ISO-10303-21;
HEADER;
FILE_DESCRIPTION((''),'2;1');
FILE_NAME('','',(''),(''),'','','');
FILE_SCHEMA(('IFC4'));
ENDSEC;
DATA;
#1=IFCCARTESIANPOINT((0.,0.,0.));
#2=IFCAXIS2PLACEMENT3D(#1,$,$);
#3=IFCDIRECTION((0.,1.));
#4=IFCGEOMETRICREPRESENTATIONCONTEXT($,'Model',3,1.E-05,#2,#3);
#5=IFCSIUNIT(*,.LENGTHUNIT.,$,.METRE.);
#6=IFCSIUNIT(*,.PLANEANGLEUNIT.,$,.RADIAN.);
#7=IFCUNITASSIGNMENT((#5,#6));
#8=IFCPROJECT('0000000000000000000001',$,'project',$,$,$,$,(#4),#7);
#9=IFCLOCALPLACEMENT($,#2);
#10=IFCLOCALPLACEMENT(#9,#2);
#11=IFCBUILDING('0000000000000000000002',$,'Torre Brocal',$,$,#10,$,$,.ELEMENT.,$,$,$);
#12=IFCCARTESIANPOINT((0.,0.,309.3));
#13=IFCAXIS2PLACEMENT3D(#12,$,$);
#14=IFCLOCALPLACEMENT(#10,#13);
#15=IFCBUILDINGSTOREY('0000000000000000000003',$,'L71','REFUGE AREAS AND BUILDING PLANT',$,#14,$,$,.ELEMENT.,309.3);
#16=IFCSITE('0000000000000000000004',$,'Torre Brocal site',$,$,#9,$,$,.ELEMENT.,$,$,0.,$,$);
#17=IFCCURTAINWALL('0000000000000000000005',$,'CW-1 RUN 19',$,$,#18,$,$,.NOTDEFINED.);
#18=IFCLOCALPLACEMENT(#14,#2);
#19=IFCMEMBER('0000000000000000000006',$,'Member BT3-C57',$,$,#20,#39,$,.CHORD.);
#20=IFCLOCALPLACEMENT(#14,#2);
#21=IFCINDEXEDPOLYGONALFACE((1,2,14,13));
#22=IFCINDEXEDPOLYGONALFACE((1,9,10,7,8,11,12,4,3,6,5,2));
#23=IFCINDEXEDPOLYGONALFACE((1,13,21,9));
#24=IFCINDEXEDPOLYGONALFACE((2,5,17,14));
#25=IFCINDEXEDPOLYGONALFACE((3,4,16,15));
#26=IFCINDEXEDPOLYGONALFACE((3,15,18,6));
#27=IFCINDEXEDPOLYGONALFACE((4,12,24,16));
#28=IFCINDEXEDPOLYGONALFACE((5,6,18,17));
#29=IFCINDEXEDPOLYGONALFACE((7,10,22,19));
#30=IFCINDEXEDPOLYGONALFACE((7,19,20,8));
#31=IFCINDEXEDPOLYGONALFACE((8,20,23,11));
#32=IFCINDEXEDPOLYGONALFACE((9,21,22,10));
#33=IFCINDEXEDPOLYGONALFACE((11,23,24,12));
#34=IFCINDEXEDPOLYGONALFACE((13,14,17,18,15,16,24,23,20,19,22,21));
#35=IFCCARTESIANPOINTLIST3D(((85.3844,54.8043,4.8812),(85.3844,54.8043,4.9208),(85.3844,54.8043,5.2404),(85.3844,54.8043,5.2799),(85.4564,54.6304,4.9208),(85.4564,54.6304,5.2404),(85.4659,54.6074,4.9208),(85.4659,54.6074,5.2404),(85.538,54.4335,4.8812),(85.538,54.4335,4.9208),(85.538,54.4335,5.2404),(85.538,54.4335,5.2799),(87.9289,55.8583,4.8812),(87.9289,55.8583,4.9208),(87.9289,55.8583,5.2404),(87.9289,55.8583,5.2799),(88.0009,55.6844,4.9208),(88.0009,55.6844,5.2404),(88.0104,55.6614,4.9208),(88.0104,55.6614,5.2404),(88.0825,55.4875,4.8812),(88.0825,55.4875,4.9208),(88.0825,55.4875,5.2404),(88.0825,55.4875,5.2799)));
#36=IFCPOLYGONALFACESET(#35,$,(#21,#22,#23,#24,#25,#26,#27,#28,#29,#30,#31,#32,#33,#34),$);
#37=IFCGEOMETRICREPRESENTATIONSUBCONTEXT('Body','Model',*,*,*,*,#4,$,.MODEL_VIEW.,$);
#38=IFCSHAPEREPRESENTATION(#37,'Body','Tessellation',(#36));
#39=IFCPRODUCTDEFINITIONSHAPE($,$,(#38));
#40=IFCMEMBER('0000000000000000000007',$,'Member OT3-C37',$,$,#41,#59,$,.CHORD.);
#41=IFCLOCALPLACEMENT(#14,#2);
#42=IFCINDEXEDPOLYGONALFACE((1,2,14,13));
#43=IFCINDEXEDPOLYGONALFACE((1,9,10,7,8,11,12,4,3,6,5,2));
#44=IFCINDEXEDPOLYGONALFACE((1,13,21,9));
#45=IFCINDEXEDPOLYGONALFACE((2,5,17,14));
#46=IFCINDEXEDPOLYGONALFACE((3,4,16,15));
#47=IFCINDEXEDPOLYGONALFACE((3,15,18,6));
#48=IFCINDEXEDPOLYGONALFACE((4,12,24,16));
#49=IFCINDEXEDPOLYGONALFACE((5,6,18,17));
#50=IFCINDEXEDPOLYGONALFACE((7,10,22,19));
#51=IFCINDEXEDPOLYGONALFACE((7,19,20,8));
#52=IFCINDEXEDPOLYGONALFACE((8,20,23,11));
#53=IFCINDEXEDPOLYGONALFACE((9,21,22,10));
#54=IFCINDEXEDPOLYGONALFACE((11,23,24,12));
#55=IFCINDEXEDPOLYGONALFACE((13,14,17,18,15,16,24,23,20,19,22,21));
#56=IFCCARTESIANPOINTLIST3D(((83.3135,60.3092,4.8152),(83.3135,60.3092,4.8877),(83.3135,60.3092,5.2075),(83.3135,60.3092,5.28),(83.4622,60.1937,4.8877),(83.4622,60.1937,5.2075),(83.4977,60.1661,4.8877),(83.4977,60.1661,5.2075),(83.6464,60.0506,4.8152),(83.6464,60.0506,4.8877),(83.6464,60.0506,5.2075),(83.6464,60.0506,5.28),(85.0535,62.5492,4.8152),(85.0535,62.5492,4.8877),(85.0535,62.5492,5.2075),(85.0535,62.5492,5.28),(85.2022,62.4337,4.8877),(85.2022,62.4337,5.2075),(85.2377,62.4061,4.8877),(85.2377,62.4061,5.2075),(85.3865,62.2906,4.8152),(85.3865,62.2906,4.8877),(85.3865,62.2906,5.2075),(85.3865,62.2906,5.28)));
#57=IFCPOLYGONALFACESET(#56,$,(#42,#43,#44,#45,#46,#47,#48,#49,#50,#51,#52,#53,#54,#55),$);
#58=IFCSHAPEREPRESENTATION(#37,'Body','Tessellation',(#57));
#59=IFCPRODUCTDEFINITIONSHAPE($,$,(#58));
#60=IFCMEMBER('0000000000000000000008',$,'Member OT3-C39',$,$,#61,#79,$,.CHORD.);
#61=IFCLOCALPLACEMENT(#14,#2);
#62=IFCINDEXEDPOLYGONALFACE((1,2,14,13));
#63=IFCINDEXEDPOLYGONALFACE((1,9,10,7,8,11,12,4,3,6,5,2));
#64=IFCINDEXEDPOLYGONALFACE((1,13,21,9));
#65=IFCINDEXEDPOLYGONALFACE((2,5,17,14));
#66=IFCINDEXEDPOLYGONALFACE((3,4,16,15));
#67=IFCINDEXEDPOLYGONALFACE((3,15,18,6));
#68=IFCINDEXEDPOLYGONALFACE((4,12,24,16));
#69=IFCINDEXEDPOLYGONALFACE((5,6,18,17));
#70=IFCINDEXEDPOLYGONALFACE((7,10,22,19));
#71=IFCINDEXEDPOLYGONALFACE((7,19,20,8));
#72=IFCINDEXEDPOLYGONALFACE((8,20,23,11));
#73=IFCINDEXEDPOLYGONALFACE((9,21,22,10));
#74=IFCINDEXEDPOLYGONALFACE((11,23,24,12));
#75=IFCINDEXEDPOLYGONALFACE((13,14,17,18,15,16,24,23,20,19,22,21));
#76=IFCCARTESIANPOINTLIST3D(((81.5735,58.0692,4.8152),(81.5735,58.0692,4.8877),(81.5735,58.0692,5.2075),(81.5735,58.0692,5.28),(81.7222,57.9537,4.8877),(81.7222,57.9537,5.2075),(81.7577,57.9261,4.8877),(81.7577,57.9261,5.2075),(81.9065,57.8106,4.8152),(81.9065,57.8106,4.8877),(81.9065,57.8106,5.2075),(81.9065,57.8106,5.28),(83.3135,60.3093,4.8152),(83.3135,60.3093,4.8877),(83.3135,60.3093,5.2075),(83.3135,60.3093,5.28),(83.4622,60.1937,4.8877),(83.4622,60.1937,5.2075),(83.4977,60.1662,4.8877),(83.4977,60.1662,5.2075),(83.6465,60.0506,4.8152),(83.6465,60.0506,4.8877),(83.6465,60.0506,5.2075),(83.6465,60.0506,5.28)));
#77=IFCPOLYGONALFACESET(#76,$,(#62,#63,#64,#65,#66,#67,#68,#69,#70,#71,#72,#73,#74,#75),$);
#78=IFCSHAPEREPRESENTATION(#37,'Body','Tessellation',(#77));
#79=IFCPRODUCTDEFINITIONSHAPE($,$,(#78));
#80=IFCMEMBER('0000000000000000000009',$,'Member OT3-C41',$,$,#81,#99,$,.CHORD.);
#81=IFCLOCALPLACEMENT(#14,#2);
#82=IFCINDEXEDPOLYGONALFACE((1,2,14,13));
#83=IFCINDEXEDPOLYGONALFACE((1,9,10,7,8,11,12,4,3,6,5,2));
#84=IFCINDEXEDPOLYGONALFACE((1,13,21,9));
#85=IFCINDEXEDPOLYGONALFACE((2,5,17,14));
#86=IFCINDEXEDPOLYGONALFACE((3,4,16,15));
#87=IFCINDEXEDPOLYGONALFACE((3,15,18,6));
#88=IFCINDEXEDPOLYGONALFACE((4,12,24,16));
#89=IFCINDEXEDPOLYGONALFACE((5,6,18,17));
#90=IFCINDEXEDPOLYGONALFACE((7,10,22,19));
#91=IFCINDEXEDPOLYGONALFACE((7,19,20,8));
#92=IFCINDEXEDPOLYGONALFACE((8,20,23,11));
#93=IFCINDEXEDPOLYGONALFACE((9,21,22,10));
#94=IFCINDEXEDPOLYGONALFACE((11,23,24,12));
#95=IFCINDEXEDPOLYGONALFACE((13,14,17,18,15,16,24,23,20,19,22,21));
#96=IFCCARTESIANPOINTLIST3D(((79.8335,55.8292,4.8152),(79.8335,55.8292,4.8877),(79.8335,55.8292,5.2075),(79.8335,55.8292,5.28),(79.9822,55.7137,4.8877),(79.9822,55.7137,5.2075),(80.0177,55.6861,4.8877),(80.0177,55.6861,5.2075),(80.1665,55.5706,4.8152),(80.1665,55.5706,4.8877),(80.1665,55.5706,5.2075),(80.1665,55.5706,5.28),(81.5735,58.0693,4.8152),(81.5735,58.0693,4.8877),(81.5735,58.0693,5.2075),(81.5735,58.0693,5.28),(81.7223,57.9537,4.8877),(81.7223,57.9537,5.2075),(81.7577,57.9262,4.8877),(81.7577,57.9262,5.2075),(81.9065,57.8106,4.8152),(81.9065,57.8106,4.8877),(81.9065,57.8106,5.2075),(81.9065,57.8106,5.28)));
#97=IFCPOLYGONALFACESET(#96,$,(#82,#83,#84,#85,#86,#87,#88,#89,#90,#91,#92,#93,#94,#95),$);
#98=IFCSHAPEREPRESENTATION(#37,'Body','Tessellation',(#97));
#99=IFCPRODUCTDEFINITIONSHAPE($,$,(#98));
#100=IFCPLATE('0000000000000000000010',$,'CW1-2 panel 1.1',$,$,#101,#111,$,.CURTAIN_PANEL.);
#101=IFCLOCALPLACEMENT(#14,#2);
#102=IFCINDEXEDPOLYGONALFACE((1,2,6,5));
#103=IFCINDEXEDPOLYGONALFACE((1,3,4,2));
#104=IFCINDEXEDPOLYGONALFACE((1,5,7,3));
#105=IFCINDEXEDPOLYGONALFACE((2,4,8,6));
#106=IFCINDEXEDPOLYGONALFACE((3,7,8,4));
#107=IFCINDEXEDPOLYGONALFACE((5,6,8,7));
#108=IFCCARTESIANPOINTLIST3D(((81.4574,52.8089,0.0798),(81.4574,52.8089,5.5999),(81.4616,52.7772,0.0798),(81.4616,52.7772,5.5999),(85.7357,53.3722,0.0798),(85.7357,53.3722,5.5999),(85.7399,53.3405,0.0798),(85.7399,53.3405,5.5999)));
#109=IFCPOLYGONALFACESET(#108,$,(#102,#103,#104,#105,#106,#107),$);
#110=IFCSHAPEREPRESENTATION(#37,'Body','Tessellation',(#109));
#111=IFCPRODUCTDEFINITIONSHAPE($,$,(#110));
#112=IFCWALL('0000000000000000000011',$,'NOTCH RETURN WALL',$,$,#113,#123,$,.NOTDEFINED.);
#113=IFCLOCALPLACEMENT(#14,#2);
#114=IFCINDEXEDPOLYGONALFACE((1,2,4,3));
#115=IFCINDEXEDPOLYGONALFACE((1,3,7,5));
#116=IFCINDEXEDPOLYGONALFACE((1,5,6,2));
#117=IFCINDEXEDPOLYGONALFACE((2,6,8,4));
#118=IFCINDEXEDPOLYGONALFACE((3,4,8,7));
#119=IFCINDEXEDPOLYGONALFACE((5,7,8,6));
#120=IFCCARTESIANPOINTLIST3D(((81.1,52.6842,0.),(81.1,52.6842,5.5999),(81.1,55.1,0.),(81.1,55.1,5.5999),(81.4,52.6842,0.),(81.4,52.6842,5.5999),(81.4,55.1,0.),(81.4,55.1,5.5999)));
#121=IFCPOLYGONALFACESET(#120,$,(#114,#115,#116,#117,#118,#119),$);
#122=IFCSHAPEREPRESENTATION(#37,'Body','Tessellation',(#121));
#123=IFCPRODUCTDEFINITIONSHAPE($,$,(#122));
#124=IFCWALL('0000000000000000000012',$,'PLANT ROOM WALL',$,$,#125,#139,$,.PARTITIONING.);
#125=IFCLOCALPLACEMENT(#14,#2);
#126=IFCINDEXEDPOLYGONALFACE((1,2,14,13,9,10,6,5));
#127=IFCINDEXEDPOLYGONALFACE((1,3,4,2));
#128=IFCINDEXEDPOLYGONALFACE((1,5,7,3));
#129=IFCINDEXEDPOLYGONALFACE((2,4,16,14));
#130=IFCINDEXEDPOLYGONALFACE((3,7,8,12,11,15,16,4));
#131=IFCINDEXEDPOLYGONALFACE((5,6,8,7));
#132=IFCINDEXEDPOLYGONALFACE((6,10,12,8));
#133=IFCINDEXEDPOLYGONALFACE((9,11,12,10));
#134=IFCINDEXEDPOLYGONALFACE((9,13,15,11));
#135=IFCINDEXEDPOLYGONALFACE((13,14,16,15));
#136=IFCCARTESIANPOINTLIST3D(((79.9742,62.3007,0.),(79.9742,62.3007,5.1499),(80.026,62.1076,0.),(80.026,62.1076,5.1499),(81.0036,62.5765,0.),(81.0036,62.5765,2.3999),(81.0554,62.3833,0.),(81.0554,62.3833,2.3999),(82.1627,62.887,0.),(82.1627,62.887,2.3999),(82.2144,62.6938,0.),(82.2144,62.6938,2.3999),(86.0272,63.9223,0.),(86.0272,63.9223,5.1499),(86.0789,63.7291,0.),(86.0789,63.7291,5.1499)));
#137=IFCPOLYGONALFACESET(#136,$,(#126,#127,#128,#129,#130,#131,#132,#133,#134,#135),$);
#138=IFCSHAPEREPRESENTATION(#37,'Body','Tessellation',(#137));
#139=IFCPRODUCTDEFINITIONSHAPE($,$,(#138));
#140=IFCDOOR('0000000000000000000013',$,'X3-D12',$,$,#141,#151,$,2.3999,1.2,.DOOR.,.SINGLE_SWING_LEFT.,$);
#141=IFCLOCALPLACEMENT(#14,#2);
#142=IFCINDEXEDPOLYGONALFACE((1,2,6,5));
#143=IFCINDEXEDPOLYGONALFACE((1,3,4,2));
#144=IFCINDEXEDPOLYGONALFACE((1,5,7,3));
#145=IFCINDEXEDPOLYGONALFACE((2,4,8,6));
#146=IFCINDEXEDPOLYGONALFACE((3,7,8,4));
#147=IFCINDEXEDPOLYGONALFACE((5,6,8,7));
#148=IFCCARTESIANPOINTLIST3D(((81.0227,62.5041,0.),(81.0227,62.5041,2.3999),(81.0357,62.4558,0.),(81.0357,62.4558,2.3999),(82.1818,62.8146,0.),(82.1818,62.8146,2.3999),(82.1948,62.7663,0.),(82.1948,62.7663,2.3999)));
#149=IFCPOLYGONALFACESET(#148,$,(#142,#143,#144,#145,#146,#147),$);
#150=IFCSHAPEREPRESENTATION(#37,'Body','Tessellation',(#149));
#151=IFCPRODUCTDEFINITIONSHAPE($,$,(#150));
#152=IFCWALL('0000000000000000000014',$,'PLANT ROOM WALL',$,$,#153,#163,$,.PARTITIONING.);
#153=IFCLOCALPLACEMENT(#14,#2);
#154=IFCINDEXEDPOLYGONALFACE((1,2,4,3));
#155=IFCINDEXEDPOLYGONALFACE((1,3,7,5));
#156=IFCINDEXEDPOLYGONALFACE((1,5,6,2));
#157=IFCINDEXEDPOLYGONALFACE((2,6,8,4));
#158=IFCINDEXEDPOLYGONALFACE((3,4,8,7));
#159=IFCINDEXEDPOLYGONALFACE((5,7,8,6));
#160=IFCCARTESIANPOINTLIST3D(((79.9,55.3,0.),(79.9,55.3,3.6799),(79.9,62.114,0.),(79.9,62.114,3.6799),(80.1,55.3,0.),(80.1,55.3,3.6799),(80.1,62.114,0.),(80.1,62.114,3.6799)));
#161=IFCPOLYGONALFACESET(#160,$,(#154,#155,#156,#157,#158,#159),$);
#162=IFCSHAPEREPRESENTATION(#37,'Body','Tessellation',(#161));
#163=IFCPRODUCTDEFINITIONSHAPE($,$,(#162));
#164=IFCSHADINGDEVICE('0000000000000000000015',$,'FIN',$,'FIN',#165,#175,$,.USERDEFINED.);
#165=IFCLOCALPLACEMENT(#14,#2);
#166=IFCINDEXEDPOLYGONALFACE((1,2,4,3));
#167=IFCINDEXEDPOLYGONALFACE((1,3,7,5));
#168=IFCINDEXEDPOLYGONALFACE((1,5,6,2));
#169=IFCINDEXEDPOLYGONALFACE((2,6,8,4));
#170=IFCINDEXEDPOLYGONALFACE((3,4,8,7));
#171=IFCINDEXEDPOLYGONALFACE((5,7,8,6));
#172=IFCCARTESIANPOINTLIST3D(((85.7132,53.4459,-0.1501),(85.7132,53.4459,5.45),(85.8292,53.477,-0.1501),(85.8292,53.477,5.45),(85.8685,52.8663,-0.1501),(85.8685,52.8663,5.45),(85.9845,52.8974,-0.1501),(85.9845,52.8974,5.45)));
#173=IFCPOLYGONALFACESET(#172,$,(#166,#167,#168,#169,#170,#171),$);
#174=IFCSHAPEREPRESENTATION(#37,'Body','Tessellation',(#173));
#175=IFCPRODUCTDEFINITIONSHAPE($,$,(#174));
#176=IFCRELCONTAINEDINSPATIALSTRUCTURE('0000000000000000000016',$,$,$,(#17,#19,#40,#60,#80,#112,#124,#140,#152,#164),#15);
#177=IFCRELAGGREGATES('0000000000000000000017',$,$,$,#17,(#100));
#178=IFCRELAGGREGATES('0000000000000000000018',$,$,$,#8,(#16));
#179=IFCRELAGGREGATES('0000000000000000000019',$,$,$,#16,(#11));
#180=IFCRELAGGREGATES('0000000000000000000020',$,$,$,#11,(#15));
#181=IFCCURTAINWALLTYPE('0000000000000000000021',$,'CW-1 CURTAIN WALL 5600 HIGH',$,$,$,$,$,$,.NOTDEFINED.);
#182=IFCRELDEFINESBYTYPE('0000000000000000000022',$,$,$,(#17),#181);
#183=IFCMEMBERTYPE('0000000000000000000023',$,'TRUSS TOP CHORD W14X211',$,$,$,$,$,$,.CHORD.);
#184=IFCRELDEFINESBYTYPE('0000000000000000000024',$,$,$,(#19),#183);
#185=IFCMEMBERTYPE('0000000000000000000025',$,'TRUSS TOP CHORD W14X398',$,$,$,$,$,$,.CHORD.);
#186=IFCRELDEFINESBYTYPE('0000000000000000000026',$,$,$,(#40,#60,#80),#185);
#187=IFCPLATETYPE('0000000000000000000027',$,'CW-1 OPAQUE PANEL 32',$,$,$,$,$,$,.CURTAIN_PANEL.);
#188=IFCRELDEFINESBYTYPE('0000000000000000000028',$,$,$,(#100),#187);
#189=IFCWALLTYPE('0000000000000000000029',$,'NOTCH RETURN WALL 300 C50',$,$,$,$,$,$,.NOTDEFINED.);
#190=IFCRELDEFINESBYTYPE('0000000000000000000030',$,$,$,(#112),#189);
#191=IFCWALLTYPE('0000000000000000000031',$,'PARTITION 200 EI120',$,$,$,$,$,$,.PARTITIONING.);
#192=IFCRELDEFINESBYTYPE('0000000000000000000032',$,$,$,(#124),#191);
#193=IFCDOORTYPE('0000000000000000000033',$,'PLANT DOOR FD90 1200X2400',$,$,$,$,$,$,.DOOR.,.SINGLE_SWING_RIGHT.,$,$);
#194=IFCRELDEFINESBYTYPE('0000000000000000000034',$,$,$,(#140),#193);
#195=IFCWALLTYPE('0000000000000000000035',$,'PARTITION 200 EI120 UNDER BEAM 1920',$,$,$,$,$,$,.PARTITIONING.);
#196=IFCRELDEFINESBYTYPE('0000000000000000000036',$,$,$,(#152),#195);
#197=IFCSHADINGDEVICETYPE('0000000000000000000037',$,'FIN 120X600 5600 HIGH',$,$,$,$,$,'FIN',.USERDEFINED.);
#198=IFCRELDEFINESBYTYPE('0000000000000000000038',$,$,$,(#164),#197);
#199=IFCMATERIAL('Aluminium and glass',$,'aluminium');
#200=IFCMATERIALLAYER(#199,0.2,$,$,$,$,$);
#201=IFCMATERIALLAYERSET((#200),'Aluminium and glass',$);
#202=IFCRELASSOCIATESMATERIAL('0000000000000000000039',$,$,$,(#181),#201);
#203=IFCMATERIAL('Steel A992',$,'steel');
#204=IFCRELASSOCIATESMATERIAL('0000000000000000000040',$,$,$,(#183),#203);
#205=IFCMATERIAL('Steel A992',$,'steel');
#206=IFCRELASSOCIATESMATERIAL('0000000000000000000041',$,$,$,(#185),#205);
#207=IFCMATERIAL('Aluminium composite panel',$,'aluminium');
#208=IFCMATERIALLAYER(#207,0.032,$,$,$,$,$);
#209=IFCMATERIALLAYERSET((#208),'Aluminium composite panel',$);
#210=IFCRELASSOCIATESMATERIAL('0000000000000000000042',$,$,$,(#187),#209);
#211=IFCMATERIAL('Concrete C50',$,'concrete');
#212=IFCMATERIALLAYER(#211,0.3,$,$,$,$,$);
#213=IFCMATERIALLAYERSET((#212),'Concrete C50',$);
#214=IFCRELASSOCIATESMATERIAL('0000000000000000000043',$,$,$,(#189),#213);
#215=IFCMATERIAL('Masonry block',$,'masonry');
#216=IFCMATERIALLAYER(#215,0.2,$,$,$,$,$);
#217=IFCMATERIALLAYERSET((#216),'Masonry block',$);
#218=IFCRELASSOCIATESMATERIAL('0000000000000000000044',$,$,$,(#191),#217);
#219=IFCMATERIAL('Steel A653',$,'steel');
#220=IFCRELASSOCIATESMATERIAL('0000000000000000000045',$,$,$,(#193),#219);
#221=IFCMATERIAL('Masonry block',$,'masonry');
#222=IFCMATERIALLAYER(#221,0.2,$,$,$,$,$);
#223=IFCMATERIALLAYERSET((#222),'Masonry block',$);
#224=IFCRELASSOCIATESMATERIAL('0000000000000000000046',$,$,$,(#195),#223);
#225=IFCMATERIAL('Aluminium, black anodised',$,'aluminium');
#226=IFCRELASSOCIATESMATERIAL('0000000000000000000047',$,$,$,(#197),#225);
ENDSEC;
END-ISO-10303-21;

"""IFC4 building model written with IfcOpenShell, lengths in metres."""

from ifc_helpers import new_model, si_unit, direction, frame, frame_2d, origin, origin_2d, place, context, subcontext, project, spatial, rectangle, i_section, extrude, material, layer, layer_set, material_profile, profile_set, type_object, element, fill, aggregate, save


model = new_model("IFC4")

# Units and contexts
model_context = context("Model", 3, precision=1e-05, world=origin(), true_north=direction((0.0, 1.0)))
body_context = subcontext(model_context, "Body", "Model", "MODEL_VIEW")
ifc_project = project(units=[si_unit("LENGTHUNIT", "METRE"), si_unit("PLANEANGLEUNIT", "RADIAN")], contexts=[model_context])

# Site, building, storey
site_placement = place(None, origin())
site = spatial("IfcSite", under=ifc_project, at=site_placement, Name="Torre Brocal site", CompositionType="ELEMENT", RefElevation=0.0)
building_placement = place(site_placement, origin())
building = spatial("IfcBuilding", under=site, at=building_placement, Name="Torre Brocal", CompositionType="ELEMENT")
storey_placement = place(building_placement, frame((0.0, 0.0, 309.3)))
storey = spatial("IfcBuildingStorey", under=building, at=storey_placement, Name="L71", Description="REFUGE AREAS AND BUILDING PLANT", CompositionType="ELEMENT", Elevation=309.3)

# Curtain wall
ifc_material_1 = material(Name="Aluminium and glass", Category="aluminium")
ifc_layer_1 = layer(ifc_material_1, 0.2)
ifc_layer_set_1 = layer_set([ifc_layer_1], Name="Aluminium and glass")
curtain_wall_type = type_object("IfcCurtainWallType", Name="CW-1 CURTAIN WALL 5600 HIGH", PredefinedType="NOTDEFINED", material=ifc_layer_set_1)
curtain_wall_1_placement = place(storey_placement, origin())
curtain_wall_1 = element("IfcCurtainWall", 1, at=curtain_wall_1_placement, inside=storey, type_object=curtain_wall_type, Name="CW-1 RUN 19", PredefinedType="NOTDEFINED")

# Members
ifc_material_2 = material(Name="Steel A992", Category="steel")
ifc_material_profile_1 = material_profile(ifc_material_2, i_section(OverallWidth=0.4014, OverallDepth=0.3987, WebThickness=0.0249, FlangeThickness=0.0396, at=origin_2d()), Name="W14X211")
ifc_profile_set_1 = profile_set([ifc_material_profile_1], Name="Steel A992")
member_type_1 = type_object("IfcMemberType", Name="TRUSS TOP CHORD W14X211", PredefinedType="CHORD", material=ifc_profile_set_1)
member_1_placement = place(storey_placement, frame((85.4612, 54.6189, 5.0806), z_axis=(0.923877, 0.382688, 0.0), x_axis=(-0.382688, 0.923877, 0.0)))
element("IfcMember", 2, at=member_1_placement, inside=storey, type_object=member_type_1, Name="Member BT3-C57", PredefinedType="CHORD", context=body_context, shape_type="SweptSolid", body=[
    extrude(i_section(OverallWidth=0.4014, OverallDepth=0.3987, WebThickness=0.0249, FlangeThickness=0.0396, at=origin_2d()), origin(), (0.0, 0.0, 1.0), 2.7542),
])
ifc_material_3 = material(Name="Steel A992", Category="steel")
ifc_material_profile_2 = material_profile(ifc_material_3, i_section(OverallWidth=0.4216, OverallDepth=0.4648, WebThickness=0.0449, FlangeThickness=0.0725, at=origin_2d()), Name="W14X398")
ifc_profile_set_2 = profile_set([ifc_material_profile_2], Name="Steel A992")
member_type_2 = type_object("IfcMemberType", Name="TRUSS TOP CHORD W14X398", PredefinedType="CHORD", material=ifc_profile_set_2)
for number, where, z_axis, x_axis, name in (
    (3, (85.22, 62.4199, 5.0476), (-0.613452, -0.789732, 0.0), (0.789732, -0.613452, 0.0), "Member OT3-C37"),
    (4, (83.48, 60.1799, 5.0476), (-0.613452, -0.789732, 0.0), (0.789732, -0.613452, 0.0), "Member OT3-C39"),
    (5, (81.74, 57.9399, 5.0476), (-0.613452, -0.789732, 0.0), (0.789732, -0.613452, 0.0), "Member OT3-C41"),
):
    element("IfcMember", number, at=place(storey_placement, frame(where, z_axis=z_axis, x_axis=x_axis)), inside=storey, type_object=member_type_2, Name=name, PredefinedType="CHORD", context=body_context, shape_type="SweptSolid", body=[
        extrude(i_section(OverallWidth=0.4216, OverallDepth=0.4648, WebThickness=0.0449, FlangeThickness=0.0725, at=origin_2d()), origin(), (0.0, 0.0, 1.0), 2.8364),
    ])

# Plate
ifc_material_4 = material(Name="Aluminium composite panel", Category="aluminium")
ifc_layer_2 = layer(ifc_material_4, 0.032)
ifc_layer_set_2 = layer_set([ifc_layer_2], Name="Aluminium composite panel")
plate_type = type_object("IfcPlateType", Name="CW-1 OPAQUE PANEL 32", PredefinedType="CURTAIN_PANEL", material=ifc_layer_set_2)
plate_placement = place(storey_placement, frame((83.5986, 53.0747, 0.0798), z_axis=(0.0, 0.0, 1.0), x_axis=(0.991445, 0.130526, 0.0)))
plate = element("IfcPlate", 6, at=plate_placement, type_object=plate_type, Name="CW1-2 panel 1.1", PredefinedType="CURTAIN_PANEL", context=body_context, shape_type="SweptSolid", body=[
    extrude(rectangle(XDim=4.3152, YDim=0.032, at=origin_2d()), origin(), (0.0, 0.0, 1.0), 5.52),
])
aggregate(curtain_wall_1, [plate])

# Wall
ifc_material_5 = material(Name="Concrete C50", Category="concrete")
ifc_layer_3 = layer(ifc_material_5, 0.3)
ifc_layer_set_3 = layer_set([ifc_layer_3], Name="Concrete C50")
wall_type_1 = type_object("IfcWallType", Name="NOTCH RETURN WALL 300 C50", PredefinedType="NOTDEFINED", material=ifc_layer_set_3)
wall_1_placement = place(storey_placement, frame((81.25, 55.1001, 0.0), z_axis=(0.0, 0.0, 1.0), x_axis=(0.0, -1.0, 0.0)))
element("IfcWall", 7, at=wall_1_placement, inside=storey, type_object=wall_type_1, Name="NOTCH RETURN WALL", PredefinedType="NOTDEFINED", context=body_context, shape_type="SweptSolid", body=[
    extrude(rectangle(XDim=2.4158, YDim=0.3, at=frame_2d((1.208, 0.0))), origin(), (0.0, 0.0, 1.0), 5.5999),
])

# Wall, opening, door
ifc_material_6 = material(Name="Masonry block", Category="masonry")
ifc_layer_4 = layer(ifc_material_6, 0.2)
ifc_layer_set_4 = layer_set([ifc_layer_4], Name="Masonry block")
wall_type_2 = type_object("IfcWallType", Name="PARTITION 200 EI120", PredefinedType="PARTITIONING", material=ifc_layer_set_4)
wall_2_placement = place(storey_placement, frame((80.0, 62.2041, 0.0), z_axis=(0.0, 0.0, 1.0), x_axis=(0.965938, 0.258773, 0.0)))
wall_2 = element("IfcWall", 8, at=wall_2_placement, inside=storey, type_object=wall_type_2, Name="PLANT ROOM WALL", PredefinedType="PARTITIONING", context=body_context, shape_type="SweptSolid", body=[
    extrude(rectangle(XDim=6.2664, YDim=0.2, at=frame_2d((3.1333, 0.0))), origin(), (0.0, 0.0, 1.0), 5.1499),
])
opening_placement = place(wall_2_placement, frame((1.0657, 0.0, 0.0)))
opening = element("IfcOpeningElement", 9, at=opening_placement, cuts=wall_2, PredefinedType="OPENING", context=body_context, shape_type="SweptSolid", body=[
    extrude(rectangle(XDim=1.2, YDim=2.3999, at=frame_2d((0.6001, 1.2))), frame((0.0, 0.1099, 0.0), z_axis=(0.0, -1.0, 0.0), x_axis=(1.0, 0.0, 0.0)), (0.0, 0.0, 1.0), 0.22),
])
ifc_material_7 = material(Name="Steel A653", Category="steel")
door_type = type_object("IfcDoorType", Name="PLANT DOOR FD90 1200X2400", OperationType="SINGLE_SWING_RIGHT", PredefinedType="DOOR", material=ifc_material_7)
door_placement = place(opening_placement, frame((1.2, 0.0, 0.0), z_axis=(0.0, 0.0, 1.0), x_axis=(-1.0, 0.0, 0.0)))
door = element("IfcDoor", 10, at=door_placement, inside=storey, type_object=door_type, Name="X3-D12", OperationType="SINGLE_SWING_LEFT", OverallHeight=2.3999, OverallWidth=1.2, PredefinedType="DOOR", context=body_context, shape_type="SweptSolid", body=[
    extrude(rectangle(XDim=1.2, YDim=2.3999, at=frame_2d((0.6001, 1.2))), frame((0.0, 0.0249, 0.0), z_axis=(0.0, -1.0, 0.0), x_axis=(1.0, 0.0, 0.0)), (0.0, 0.0, 1.0), 0.05),
])
fill(opening, door)

# Wall
ifc_material_8 = material(Name="Masonry block", Category="masonry")
ifc_layer_5 = layer(ifc_material_8, 0.2)
ifc_layer_set_5 = layer_set([ifc_layer_5], Name="Masonry block")
wall_type_3 = type_object("IfcWallType", Name="PARTITION 200 EI120 UNDER BEAM 1920", PredefinedType="PARTITIONING", material=ifc_layer_set_5)
wall_3_placement = place(storey_placement, frame((80.0, 55.3, 0.0), z_axis=(0.0, 0.0, 1.0), x_axis=(0.0, 1.0, 0.0)))
element("IfcWall", 11, at=wall_3_placement, inside=storey, type_object=wall_type_3, Name="PLANT ROOM WALL", PredefinedType="PARTITIONING", context=body_context, shape_type="SweptSolid", body=[
    extrude(rectangle(XDim=6.814, YDim=0.2, at=frame_2d((3.407, 0.0))), origin(), (0.0, 0.0, 1.0), 3.6799),
])

# Shading device
ifc_material_9 = material(Name="Aluminium, black anodised", Category="aluminium")
ifc_material_profile_3 = material_profile(ifc_material_9, rectangle(XDim=0.1201, YDim=0.6001, at=origin_2d()), Name="FIN 120X600 5600 HIGH")
ifc_profile_set_3 = profile_set([ifc_material_profile_3], Name="Aluminium, black anodised")
shading_device_type = type_object("IfcShadingDeviceType", Name="FIN 120X600 5600 HIGH", ElementType="FIN", PredefinedType="USERDEFINED", material=ifc_profile_set_3)
shading_device_placement = place(storey_placement, frame((85.8489, 53.1716, -0.1501), z_axis=(0.0, 0.0, 1.0), x_axis=(0.965926, 0.258819, 0.0)))
element("IfcShadingDevice", 12, at=shading_device_placement, inside=storey, type_object=shading_device_type, Name="FIN", ObjectType="FIN", PredefinedType="USERDEFINED", context=body_context, shape_type="SweptSolid", body=[
    extrude(rectangle(XDim=0.1201, YDim=0.6001, at=origin_2d()), origin(), (0.0, 0.0, 1.0), 5.6001),
])

save(model, "model.ifc")
